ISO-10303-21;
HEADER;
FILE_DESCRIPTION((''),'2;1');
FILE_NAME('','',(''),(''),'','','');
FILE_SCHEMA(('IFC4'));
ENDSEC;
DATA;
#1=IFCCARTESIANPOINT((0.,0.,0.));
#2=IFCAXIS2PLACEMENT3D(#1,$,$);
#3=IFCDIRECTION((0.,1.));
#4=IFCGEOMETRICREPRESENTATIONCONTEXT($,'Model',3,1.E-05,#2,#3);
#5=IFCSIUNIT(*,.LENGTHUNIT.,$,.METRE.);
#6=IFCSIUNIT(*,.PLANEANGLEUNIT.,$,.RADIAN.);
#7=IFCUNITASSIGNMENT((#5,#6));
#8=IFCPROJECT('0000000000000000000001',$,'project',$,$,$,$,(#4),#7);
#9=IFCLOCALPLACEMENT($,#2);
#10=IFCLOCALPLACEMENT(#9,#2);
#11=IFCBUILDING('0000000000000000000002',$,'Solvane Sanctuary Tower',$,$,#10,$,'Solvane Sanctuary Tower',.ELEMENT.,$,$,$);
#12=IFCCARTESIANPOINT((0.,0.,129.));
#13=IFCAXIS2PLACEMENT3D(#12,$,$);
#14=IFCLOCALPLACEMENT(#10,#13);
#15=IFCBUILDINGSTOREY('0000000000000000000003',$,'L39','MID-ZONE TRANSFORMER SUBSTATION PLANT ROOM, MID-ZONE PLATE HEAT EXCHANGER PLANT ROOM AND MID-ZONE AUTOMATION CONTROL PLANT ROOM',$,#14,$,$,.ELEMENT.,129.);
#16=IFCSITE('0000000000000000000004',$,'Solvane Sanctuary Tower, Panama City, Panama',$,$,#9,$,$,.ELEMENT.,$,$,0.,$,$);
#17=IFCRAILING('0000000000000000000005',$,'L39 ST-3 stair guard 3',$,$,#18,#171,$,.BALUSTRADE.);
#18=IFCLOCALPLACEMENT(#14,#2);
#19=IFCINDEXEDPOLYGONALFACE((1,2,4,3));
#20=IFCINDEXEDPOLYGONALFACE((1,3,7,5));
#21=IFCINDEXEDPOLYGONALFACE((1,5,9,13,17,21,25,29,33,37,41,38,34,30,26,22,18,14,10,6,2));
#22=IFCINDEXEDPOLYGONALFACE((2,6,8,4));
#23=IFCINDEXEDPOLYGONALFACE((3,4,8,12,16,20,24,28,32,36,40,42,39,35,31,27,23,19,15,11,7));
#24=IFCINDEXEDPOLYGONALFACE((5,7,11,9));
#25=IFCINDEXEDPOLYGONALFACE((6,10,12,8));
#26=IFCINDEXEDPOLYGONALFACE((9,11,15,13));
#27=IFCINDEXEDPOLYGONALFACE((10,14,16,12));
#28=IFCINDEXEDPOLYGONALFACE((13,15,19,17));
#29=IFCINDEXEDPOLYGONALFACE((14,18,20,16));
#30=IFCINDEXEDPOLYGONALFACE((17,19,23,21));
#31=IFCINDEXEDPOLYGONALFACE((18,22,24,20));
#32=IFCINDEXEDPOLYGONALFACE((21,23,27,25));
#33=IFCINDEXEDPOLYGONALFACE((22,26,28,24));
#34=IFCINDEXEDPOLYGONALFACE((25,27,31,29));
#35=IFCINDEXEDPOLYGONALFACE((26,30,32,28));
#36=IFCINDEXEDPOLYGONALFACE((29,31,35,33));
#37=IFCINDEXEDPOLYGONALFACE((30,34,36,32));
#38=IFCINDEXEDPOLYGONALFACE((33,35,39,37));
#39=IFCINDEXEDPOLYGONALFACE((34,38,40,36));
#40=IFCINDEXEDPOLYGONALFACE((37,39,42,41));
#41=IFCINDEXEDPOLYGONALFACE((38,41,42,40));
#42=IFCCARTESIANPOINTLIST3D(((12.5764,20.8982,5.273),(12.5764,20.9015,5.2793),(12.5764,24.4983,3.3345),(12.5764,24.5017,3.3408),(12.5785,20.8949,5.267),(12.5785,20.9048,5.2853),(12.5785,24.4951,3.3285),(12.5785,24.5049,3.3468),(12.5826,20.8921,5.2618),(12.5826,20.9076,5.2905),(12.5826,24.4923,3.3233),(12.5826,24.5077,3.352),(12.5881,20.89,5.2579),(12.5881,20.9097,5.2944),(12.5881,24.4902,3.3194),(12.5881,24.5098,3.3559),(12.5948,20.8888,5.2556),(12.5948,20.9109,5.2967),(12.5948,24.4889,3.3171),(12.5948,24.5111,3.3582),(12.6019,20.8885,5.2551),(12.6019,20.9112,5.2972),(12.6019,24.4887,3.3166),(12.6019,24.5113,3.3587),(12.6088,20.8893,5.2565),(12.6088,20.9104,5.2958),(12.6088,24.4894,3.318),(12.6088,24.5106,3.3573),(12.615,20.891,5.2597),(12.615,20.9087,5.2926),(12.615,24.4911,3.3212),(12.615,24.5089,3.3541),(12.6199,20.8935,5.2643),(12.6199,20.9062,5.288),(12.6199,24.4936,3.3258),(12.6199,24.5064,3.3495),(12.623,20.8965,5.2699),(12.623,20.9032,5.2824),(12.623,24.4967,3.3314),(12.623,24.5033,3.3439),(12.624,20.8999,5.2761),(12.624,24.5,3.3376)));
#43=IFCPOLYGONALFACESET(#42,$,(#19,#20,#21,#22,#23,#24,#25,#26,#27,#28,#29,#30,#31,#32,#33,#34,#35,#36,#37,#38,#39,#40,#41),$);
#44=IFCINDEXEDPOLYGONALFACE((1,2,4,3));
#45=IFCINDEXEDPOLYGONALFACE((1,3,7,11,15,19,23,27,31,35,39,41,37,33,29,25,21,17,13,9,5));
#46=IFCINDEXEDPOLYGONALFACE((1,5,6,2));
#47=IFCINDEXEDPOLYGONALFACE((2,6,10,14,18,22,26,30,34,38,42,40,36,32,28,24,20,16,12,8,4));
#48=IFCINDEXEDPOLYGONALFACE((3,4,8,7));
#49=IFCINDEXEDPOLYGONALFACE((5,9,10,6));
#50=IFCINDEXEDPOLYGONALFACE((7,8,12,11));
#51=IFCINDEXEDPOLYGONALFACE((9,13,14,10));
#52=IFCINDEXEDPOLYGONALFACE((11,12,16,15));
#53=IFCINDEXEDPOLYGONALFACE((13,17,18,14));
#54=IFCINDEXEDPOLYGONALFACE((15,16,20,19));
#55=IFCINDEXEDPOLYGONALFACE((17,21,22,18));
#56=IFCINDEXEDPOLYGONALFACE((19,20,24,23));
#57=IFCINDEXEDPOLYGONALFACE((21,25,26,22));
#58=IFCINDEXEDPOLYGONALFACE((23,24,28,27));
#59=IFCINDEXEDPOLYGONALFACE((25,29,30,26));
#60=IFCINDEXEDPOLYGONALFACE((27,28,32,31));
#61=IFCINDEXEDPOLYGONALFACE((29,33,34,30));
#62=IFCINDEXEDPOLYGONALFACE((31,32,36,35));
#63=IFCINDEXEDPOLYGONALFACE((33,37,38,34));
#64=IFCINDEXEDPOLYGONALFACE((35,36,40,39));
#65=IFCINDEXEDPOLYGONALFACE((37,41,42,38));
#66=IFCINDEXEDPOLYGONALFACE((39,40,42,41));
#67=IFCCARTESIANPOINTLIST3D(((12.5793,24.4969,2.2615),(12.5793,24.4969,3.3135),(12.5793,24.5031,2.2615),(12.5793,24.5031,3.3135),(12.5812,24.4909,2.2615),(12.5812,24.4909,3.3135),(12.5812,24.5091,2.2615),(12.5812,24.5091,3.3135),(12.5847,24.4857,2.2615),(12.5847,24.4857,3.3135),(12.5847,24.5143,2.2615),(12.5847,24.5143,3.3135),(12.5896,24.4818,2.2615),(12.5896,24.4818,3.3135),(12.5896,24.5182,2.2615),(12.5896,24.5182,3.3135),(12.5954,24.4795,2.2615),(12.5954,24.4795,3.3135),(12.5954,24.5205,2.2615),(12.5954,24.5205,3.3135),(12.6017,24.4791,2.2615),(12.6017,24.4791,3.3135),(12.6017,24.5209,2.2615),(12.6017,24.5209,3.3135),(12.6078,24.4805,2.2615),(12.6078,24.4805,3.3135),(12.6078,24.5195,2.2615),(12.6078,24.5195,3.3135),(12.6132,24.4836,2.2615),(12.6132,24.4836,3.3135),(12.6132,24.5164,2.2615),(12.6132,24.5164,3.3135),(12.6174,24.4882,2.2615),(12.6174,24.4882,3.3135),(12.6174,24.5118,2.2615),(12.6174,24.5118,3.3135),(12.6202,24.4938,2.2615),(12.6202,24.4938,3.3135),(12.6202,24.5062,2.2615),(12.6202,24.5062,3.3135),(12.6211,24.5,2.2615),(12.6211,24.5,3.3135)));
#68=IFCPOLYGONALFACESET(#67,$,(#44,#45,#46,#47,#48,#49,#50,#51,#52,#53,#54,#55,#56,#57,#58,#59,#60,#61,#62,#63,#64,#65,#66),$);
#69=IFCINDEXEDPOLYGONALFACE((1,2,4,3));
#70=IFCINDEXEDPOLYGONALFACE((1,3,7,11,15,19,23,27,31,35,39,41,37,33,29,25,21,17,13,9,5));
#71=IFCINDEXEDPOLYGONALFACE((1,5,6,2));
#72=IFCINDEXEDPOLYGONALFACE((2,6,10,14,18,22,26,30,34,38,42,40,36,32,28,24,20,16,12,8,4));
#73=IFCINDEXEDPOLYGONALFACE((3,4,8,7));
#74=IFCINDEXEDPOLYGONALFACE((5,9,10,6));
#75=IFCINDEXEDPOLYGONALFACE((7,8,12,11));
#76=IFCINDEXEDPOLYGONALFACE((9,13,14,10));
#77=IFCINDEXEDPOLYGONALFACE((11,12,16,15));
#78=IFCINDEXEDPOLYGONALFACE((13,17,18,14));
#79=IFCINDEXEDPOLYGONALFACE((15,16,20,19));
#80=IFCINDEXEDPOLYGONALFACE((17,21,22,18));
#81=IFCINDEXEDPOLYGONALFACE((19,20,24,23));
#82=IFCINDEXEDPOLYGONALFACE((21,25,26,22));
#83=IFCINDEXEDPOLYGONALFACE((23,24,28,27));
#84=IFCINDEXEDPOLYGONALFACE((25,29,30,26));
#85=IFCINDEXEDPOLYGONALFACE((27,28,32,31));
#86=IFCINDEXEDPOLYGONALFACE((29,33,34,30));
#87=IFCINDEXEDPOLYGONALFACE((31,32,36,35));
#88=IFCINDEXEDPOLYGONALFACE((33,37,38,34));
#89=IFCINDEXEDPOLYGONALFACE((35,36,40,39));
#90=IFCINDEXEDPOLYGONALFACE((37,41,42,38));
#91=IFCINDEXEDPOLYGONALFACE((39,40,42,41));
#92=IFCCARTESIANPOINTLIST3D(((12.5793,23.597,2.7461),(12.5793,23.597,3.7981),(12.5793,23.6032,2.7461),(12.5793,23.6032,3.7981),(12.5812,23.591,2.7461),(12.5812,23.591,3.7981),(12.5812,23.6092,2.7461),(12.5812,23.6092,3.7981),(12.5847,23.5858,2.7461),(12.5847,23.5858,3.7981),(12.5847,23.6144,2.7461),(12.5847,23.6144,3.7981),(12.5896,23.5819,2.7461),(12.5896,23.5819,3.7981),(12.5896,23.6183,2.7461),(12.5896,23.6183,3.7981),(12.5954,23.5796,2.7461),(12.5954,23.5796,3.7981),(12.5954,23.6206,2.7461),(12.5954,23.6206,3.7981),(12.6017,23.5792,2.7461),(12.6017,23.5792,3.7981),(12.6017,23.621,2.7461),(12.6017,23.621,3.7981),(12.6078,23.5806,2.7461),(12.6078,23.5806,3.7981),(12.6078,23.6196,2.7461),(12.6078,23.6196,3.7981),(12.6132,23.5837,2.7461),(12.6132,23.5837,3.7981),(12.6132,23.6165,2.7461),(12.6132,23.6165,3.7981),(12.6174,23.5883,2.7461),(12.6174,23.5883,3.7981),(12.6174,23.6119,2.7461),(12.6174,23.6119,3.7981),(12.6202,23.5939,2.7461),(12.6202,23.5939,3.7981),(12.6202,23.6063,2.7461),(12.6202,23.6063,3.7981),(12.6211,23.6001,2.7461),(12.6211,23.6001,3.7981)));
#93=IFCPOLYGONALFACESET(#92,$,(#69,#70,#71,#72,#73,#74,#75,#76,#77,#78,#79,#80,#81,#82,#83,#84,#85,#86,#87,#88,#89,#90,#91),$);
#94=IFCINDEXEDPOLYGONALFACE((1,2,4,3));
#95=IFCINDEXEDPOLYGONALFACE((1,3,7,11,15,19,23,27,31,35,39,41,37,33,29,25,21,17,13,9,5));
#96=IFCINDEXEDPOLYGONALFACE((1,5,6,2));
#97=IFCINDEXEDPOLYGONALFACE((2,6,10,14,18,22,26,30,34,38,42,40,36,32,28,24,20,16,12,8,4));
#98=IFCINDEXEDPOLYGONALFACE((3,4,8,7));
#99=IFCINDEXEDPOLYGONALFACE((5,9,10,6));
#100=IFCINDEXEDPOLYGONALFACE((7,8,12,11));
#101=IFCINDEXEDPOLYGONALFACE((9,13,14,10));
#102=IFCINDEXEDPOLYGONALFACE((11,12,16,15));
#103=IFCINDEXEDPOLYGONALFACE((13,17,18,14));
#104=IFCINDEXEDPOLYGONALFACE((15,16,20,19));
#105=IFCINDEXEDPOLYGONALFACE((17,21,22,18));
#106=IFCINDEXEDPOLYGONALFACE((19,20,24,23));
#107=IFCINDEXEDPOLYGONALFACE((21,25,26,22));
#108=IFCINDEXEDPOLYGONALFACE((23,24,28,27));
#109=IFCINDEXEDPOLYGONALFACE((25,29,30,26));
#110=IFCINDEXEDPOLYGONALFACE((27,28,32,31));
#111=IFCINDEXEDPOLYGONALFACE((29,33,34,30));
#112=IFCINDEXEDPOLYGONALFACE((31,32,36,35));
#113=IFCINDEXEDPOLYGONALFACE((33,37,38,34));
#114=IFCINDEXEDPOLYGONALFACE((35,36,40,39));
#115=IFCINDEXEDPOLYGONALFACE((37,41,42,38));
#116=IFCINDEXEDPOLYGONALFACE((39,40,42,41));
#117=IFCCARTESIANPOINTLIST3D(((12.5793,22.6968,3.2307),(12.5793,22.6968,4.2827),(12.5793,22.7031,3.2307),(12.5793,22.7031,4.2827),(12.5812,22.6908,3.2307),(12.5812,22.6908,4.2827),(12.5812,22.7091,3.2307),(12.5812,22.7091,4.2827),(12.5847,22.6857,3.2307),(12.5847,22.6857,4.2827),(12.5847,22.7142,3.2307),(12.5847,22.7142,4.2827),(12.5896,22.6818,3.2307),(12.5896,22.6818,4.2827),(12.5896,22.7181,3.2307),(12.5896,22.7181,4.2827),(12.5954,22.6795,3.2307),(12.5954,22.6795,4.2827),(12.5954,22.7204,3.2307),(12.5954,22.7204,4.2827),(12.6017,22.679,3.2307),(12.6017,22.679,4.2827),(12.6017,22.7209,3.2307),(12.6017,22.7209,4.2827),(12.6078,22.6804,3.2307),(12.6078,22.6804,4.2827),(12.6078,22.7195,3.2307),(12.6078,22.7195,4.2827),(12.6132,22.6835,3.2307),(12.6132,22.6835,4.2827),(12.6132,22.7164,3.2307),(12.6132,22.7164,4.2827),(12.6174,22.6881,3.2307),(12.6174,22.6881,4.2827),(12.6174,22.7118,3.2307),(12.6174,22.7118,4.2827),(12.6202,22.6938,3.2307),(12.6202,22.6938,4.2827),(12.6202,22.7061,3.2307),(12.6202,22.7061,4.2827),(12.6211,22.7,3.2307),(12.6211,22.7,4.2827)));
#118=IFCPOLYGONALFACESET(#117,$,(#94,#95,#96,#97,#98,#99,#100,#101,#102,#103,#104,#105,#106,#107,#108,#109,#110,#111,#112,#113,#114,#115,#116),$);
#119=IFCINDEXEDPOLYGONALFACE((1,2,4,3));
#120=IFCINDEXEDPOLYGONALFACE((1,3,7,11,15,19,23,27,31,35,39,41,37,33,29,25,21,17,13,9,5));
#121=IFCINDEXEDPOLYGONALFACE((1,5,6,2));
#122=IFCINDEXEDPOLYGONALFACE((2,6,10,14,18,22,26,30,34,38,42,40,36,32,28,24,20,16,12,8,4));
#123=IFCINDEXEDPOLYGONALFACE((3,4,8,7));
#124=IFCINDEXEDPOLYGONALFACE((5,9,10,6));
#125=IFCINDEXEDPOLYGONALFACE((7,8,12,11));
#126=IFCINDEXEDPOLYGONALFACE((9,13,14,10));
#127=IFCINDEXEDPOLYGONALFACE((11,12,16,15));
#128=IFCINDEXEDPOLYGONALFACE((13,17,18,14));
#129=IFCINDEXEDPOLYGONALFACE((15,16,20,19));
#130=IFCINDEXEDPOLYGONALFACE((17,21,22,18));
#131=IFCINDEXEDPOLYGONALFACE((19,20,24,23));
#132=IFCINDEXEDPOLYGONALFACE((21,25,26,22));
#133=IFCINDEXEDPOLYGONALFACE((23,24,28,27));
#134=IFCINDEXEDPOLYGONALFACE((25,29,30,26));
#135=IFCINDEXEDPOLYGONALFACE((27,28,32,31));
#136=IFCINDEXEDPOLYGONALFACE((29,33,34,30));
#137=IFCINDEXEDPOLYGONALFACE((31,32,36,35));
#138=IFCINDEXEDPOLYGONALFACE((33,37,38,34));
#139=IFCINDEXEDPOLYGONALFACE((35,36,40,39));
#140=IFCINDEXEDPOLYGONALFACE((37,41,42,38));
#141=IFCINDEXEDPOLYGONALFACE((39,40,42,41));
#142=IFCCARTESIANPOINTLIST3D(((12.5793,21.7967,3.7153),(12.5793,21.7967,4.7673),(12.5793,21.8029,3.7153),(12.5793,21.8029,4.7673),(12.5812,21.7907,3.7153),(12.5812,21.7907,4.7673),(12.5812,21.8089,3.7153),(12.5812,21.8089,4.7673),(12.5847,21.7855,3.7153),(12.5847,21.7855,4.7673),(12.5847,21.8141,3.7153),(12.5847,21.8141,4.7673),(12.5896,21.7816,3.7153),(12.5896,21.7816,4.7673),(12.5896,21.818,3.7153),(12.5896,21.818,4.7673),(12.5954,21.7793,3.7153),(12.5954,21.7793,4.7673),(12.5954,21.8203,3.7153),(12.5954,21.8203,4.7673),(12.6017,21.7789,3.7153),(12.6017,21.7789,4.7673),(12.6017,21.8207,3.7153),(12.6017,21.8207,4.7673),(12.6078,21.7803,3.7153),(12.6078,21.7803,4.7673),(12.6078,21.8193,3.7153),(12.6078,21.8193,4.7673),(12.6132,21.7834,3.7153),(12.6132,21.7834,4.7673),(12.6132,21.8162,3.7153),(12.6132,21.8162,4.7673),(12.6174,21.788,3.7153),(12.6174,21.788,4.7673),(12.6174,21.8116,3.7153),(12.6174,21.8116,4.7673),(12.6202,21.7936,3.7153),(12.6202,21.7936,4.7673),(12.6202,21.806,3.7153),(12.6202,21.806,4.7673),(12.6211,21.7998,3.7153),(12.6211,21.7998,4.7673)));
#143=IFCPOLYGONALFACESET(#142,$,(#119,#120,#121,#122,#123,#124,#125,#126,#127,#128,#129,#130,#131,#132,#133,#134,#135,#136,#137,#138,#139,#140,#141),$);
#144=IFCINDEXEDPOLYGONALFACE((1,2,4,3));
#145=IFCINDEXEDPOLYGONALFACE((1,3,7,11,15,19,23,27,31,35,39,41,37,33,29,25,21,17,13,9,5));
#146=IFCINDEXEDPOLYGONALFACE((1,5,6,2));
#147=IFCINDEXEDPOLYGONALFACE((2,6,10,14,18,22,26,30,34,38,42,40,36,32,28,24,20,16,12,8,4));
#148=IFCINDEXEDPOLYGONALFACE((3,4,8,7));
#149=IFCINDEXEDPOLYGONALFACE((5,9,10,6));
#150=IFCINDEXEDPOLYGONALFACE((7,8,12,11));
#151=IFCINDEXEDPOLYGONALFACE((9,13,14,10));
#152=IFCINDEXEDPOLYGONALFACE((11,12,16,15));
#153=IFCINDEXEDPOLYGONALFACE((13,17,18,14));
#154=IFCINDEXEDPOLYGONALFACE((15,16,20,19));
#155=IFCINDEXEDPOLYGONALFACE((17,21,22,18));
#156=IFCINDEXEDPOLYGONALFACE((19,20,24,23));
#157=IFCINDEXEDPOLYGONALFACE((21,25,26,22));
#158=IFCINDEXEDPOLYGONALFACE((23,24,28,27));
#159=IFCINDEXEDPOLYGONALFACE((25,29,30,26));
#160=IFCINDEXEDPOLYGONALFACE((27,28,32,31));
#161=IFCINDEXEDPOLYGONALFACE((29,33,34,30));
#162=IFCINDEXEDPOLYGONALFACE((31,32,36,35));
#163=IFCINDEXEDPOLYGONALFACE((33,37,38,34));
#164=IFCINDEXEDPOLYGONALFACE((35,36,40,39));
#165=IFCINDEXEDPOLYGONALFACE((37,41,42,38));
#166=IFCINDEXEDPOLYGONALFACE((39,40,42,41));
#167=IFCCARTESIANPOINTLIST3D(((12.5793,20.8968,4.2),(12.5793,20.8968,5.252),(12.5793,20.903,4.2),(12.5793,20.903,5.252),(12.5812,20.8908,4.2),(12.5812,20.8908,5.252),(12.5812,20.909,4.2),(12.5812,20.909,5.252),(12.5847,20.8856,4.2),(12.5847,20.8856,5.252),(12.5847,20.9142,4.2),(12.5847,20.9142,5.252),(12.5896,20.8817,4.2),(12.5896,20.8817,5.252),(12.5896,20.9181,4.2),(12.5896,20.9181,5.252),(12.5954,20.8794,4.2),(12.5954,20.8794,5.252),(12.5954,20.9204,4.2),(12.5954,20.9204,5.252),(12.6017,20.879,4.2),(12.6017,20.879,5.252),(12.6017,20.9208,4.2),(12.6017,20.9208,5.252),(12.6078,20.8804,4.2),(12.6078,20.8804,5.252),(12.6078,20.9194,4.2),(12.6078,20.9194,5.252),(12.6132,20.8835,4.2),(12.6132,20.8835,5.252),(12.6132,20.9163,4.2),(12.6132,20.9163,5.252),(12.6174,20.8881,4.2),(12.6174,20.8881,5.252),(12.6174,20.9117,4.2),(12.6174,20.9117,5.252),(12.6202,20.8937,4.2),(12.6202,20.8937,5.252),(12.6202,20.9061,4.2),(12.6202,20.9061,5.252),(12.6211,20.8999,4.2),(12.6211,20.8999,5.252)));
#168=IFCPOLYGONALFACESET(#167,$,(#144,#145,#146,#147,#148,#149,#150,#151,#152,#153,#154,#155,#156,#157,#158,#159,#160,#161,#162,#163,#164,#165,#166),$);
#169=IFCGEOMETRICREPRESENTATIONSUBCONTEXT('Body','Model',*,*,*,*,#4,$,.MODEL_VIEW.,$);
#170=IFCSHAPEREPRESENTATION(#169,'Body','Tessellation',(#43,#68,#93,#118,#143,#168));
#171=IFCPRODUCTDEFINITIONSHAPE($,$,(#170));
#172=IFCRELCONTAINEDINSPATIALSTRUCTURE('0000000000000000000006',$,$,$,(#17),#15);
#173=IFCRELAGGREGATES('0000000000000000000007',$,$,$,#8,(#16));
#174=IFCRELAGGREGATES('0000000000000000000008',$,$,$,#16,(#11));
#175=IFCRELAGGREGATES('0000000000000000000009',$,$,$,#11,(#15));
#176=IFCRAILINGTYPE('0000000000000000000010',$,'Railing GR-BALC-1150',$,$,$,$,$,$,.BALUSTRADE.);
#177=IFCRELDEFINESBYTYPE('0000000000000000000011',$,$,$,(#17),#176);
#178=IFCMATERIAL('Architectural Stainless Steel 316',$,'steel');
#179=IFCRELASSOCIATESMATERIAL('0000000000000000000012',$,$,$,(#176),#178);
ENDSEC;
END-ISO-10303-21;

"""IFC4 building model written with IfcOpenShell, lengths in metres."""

from ifc_helpers import new_model, si_unit, direction, frame, origin, origin_2d, place, context, subcontext, project, spatial, circle, extrude, material, type_object, element, save


model = new_model("IFC4")

# Units and contexts
model_context = context("Model", 3, precision=1e-05, world=origin(), true_north=direction((0.0, 1.0)))
body_context = subcontext(model_context, "Body", "Model", "MODEL_VIEW")
ifc_project = project(units=[si_unit("LENGTHUNIT", "METRE"), si_unit("PLANEANGLEUNIT", "RADIAN")], contexts=[model_context])

# Site, building, storey
site_placement = place(None, origin())
site = spatial("IfcSite", under=ifc_project, at=site_placement, Name="Solvane Sanctuary Tower, Panama City, Panama", CompositionType="ELEMENT", RefElevation=0.0)
building_placement = place(site_placement, origin())
building = spatial("IfcBuilding", under=site, at=building_placement, Name="Solvane Sanctuary Tower", LongName="Solvane Sanctuary Tower", CompositionType="ELEMENT")
storey_placement = place(building_placement, frame((0.0, 0.0, 129.0)))
storey = spatial("IfcBuildingStorey", under=building, at=storey_placement, Name="L39", Description="MID-ZONE TRANSFORMER SUBSTATION PLANT ROOM, MID-ZONE PLATE HEAT EXCHANGER PLANT ROOM AND MID-ZONE AUTOMATION CONTROL PLANT ROOM", CompositionType="ELEMENT", Elevation=129.0)

# Shared definitions
ifc_material_1 = material(Name="Architectural Stainless Steel 316", Category="steel")

# Railing
railing_type_1 = type_object("IfcRailingType", Name="Railing GR-BALC-1150", PredefinedType="BALUSTRADE", material=ifc_material_1)
railing_1_placement = place(storey_placement, frame((12.6001, 24.5, 2.2615)))
element("IfcRailing", 1, at=railing_1_placement, inside=storey, type_object=railing_type_1, Name="L39 ST-3 stair guard 3", PredefinedType="BALUSTRADE", context=body_context, shape_type="SweptSolid", body=[
    extrude(circle(Radius=0.0239, at=origin_2d()), frame((0.0, 0.0, 1.0762), z_axis=(0.0, -0.880475, 0.474093), x_axis=(1.0, 0.0, 0.0)), (0.0, 0.0, 1.0), 4.0889),
    extrude(circle(Radius=0.021, at=origin_2d()), origin(), (0.0, 0.0, 1.0), 1.052),
    extrude(circle(Radius=0.021, at=origin_2d()), frame((0.0, -0.8999, 0.4846)), (0.0, 0.0, 1.0), 1.052),
    extrude(circle(Radius=0.021, at=origin_2d()), frame((0.0, -1.8, 0.9692)), (0.0, 0.0, 1.0), 1.052),
    extrude(circle(Radius=0.021, at=origin_2d()), frame((0.0, -2.7002, 1.4539)), (0.0, 0.0, 1.0), 1.052),
    extrude(circle(Radius=0.021, at=origin_2d()), frame((0.0, -3.6001, 1.9385)), (0.0, 0.0, 1.0), 1.052),
])

save(model, "model.ifc")
